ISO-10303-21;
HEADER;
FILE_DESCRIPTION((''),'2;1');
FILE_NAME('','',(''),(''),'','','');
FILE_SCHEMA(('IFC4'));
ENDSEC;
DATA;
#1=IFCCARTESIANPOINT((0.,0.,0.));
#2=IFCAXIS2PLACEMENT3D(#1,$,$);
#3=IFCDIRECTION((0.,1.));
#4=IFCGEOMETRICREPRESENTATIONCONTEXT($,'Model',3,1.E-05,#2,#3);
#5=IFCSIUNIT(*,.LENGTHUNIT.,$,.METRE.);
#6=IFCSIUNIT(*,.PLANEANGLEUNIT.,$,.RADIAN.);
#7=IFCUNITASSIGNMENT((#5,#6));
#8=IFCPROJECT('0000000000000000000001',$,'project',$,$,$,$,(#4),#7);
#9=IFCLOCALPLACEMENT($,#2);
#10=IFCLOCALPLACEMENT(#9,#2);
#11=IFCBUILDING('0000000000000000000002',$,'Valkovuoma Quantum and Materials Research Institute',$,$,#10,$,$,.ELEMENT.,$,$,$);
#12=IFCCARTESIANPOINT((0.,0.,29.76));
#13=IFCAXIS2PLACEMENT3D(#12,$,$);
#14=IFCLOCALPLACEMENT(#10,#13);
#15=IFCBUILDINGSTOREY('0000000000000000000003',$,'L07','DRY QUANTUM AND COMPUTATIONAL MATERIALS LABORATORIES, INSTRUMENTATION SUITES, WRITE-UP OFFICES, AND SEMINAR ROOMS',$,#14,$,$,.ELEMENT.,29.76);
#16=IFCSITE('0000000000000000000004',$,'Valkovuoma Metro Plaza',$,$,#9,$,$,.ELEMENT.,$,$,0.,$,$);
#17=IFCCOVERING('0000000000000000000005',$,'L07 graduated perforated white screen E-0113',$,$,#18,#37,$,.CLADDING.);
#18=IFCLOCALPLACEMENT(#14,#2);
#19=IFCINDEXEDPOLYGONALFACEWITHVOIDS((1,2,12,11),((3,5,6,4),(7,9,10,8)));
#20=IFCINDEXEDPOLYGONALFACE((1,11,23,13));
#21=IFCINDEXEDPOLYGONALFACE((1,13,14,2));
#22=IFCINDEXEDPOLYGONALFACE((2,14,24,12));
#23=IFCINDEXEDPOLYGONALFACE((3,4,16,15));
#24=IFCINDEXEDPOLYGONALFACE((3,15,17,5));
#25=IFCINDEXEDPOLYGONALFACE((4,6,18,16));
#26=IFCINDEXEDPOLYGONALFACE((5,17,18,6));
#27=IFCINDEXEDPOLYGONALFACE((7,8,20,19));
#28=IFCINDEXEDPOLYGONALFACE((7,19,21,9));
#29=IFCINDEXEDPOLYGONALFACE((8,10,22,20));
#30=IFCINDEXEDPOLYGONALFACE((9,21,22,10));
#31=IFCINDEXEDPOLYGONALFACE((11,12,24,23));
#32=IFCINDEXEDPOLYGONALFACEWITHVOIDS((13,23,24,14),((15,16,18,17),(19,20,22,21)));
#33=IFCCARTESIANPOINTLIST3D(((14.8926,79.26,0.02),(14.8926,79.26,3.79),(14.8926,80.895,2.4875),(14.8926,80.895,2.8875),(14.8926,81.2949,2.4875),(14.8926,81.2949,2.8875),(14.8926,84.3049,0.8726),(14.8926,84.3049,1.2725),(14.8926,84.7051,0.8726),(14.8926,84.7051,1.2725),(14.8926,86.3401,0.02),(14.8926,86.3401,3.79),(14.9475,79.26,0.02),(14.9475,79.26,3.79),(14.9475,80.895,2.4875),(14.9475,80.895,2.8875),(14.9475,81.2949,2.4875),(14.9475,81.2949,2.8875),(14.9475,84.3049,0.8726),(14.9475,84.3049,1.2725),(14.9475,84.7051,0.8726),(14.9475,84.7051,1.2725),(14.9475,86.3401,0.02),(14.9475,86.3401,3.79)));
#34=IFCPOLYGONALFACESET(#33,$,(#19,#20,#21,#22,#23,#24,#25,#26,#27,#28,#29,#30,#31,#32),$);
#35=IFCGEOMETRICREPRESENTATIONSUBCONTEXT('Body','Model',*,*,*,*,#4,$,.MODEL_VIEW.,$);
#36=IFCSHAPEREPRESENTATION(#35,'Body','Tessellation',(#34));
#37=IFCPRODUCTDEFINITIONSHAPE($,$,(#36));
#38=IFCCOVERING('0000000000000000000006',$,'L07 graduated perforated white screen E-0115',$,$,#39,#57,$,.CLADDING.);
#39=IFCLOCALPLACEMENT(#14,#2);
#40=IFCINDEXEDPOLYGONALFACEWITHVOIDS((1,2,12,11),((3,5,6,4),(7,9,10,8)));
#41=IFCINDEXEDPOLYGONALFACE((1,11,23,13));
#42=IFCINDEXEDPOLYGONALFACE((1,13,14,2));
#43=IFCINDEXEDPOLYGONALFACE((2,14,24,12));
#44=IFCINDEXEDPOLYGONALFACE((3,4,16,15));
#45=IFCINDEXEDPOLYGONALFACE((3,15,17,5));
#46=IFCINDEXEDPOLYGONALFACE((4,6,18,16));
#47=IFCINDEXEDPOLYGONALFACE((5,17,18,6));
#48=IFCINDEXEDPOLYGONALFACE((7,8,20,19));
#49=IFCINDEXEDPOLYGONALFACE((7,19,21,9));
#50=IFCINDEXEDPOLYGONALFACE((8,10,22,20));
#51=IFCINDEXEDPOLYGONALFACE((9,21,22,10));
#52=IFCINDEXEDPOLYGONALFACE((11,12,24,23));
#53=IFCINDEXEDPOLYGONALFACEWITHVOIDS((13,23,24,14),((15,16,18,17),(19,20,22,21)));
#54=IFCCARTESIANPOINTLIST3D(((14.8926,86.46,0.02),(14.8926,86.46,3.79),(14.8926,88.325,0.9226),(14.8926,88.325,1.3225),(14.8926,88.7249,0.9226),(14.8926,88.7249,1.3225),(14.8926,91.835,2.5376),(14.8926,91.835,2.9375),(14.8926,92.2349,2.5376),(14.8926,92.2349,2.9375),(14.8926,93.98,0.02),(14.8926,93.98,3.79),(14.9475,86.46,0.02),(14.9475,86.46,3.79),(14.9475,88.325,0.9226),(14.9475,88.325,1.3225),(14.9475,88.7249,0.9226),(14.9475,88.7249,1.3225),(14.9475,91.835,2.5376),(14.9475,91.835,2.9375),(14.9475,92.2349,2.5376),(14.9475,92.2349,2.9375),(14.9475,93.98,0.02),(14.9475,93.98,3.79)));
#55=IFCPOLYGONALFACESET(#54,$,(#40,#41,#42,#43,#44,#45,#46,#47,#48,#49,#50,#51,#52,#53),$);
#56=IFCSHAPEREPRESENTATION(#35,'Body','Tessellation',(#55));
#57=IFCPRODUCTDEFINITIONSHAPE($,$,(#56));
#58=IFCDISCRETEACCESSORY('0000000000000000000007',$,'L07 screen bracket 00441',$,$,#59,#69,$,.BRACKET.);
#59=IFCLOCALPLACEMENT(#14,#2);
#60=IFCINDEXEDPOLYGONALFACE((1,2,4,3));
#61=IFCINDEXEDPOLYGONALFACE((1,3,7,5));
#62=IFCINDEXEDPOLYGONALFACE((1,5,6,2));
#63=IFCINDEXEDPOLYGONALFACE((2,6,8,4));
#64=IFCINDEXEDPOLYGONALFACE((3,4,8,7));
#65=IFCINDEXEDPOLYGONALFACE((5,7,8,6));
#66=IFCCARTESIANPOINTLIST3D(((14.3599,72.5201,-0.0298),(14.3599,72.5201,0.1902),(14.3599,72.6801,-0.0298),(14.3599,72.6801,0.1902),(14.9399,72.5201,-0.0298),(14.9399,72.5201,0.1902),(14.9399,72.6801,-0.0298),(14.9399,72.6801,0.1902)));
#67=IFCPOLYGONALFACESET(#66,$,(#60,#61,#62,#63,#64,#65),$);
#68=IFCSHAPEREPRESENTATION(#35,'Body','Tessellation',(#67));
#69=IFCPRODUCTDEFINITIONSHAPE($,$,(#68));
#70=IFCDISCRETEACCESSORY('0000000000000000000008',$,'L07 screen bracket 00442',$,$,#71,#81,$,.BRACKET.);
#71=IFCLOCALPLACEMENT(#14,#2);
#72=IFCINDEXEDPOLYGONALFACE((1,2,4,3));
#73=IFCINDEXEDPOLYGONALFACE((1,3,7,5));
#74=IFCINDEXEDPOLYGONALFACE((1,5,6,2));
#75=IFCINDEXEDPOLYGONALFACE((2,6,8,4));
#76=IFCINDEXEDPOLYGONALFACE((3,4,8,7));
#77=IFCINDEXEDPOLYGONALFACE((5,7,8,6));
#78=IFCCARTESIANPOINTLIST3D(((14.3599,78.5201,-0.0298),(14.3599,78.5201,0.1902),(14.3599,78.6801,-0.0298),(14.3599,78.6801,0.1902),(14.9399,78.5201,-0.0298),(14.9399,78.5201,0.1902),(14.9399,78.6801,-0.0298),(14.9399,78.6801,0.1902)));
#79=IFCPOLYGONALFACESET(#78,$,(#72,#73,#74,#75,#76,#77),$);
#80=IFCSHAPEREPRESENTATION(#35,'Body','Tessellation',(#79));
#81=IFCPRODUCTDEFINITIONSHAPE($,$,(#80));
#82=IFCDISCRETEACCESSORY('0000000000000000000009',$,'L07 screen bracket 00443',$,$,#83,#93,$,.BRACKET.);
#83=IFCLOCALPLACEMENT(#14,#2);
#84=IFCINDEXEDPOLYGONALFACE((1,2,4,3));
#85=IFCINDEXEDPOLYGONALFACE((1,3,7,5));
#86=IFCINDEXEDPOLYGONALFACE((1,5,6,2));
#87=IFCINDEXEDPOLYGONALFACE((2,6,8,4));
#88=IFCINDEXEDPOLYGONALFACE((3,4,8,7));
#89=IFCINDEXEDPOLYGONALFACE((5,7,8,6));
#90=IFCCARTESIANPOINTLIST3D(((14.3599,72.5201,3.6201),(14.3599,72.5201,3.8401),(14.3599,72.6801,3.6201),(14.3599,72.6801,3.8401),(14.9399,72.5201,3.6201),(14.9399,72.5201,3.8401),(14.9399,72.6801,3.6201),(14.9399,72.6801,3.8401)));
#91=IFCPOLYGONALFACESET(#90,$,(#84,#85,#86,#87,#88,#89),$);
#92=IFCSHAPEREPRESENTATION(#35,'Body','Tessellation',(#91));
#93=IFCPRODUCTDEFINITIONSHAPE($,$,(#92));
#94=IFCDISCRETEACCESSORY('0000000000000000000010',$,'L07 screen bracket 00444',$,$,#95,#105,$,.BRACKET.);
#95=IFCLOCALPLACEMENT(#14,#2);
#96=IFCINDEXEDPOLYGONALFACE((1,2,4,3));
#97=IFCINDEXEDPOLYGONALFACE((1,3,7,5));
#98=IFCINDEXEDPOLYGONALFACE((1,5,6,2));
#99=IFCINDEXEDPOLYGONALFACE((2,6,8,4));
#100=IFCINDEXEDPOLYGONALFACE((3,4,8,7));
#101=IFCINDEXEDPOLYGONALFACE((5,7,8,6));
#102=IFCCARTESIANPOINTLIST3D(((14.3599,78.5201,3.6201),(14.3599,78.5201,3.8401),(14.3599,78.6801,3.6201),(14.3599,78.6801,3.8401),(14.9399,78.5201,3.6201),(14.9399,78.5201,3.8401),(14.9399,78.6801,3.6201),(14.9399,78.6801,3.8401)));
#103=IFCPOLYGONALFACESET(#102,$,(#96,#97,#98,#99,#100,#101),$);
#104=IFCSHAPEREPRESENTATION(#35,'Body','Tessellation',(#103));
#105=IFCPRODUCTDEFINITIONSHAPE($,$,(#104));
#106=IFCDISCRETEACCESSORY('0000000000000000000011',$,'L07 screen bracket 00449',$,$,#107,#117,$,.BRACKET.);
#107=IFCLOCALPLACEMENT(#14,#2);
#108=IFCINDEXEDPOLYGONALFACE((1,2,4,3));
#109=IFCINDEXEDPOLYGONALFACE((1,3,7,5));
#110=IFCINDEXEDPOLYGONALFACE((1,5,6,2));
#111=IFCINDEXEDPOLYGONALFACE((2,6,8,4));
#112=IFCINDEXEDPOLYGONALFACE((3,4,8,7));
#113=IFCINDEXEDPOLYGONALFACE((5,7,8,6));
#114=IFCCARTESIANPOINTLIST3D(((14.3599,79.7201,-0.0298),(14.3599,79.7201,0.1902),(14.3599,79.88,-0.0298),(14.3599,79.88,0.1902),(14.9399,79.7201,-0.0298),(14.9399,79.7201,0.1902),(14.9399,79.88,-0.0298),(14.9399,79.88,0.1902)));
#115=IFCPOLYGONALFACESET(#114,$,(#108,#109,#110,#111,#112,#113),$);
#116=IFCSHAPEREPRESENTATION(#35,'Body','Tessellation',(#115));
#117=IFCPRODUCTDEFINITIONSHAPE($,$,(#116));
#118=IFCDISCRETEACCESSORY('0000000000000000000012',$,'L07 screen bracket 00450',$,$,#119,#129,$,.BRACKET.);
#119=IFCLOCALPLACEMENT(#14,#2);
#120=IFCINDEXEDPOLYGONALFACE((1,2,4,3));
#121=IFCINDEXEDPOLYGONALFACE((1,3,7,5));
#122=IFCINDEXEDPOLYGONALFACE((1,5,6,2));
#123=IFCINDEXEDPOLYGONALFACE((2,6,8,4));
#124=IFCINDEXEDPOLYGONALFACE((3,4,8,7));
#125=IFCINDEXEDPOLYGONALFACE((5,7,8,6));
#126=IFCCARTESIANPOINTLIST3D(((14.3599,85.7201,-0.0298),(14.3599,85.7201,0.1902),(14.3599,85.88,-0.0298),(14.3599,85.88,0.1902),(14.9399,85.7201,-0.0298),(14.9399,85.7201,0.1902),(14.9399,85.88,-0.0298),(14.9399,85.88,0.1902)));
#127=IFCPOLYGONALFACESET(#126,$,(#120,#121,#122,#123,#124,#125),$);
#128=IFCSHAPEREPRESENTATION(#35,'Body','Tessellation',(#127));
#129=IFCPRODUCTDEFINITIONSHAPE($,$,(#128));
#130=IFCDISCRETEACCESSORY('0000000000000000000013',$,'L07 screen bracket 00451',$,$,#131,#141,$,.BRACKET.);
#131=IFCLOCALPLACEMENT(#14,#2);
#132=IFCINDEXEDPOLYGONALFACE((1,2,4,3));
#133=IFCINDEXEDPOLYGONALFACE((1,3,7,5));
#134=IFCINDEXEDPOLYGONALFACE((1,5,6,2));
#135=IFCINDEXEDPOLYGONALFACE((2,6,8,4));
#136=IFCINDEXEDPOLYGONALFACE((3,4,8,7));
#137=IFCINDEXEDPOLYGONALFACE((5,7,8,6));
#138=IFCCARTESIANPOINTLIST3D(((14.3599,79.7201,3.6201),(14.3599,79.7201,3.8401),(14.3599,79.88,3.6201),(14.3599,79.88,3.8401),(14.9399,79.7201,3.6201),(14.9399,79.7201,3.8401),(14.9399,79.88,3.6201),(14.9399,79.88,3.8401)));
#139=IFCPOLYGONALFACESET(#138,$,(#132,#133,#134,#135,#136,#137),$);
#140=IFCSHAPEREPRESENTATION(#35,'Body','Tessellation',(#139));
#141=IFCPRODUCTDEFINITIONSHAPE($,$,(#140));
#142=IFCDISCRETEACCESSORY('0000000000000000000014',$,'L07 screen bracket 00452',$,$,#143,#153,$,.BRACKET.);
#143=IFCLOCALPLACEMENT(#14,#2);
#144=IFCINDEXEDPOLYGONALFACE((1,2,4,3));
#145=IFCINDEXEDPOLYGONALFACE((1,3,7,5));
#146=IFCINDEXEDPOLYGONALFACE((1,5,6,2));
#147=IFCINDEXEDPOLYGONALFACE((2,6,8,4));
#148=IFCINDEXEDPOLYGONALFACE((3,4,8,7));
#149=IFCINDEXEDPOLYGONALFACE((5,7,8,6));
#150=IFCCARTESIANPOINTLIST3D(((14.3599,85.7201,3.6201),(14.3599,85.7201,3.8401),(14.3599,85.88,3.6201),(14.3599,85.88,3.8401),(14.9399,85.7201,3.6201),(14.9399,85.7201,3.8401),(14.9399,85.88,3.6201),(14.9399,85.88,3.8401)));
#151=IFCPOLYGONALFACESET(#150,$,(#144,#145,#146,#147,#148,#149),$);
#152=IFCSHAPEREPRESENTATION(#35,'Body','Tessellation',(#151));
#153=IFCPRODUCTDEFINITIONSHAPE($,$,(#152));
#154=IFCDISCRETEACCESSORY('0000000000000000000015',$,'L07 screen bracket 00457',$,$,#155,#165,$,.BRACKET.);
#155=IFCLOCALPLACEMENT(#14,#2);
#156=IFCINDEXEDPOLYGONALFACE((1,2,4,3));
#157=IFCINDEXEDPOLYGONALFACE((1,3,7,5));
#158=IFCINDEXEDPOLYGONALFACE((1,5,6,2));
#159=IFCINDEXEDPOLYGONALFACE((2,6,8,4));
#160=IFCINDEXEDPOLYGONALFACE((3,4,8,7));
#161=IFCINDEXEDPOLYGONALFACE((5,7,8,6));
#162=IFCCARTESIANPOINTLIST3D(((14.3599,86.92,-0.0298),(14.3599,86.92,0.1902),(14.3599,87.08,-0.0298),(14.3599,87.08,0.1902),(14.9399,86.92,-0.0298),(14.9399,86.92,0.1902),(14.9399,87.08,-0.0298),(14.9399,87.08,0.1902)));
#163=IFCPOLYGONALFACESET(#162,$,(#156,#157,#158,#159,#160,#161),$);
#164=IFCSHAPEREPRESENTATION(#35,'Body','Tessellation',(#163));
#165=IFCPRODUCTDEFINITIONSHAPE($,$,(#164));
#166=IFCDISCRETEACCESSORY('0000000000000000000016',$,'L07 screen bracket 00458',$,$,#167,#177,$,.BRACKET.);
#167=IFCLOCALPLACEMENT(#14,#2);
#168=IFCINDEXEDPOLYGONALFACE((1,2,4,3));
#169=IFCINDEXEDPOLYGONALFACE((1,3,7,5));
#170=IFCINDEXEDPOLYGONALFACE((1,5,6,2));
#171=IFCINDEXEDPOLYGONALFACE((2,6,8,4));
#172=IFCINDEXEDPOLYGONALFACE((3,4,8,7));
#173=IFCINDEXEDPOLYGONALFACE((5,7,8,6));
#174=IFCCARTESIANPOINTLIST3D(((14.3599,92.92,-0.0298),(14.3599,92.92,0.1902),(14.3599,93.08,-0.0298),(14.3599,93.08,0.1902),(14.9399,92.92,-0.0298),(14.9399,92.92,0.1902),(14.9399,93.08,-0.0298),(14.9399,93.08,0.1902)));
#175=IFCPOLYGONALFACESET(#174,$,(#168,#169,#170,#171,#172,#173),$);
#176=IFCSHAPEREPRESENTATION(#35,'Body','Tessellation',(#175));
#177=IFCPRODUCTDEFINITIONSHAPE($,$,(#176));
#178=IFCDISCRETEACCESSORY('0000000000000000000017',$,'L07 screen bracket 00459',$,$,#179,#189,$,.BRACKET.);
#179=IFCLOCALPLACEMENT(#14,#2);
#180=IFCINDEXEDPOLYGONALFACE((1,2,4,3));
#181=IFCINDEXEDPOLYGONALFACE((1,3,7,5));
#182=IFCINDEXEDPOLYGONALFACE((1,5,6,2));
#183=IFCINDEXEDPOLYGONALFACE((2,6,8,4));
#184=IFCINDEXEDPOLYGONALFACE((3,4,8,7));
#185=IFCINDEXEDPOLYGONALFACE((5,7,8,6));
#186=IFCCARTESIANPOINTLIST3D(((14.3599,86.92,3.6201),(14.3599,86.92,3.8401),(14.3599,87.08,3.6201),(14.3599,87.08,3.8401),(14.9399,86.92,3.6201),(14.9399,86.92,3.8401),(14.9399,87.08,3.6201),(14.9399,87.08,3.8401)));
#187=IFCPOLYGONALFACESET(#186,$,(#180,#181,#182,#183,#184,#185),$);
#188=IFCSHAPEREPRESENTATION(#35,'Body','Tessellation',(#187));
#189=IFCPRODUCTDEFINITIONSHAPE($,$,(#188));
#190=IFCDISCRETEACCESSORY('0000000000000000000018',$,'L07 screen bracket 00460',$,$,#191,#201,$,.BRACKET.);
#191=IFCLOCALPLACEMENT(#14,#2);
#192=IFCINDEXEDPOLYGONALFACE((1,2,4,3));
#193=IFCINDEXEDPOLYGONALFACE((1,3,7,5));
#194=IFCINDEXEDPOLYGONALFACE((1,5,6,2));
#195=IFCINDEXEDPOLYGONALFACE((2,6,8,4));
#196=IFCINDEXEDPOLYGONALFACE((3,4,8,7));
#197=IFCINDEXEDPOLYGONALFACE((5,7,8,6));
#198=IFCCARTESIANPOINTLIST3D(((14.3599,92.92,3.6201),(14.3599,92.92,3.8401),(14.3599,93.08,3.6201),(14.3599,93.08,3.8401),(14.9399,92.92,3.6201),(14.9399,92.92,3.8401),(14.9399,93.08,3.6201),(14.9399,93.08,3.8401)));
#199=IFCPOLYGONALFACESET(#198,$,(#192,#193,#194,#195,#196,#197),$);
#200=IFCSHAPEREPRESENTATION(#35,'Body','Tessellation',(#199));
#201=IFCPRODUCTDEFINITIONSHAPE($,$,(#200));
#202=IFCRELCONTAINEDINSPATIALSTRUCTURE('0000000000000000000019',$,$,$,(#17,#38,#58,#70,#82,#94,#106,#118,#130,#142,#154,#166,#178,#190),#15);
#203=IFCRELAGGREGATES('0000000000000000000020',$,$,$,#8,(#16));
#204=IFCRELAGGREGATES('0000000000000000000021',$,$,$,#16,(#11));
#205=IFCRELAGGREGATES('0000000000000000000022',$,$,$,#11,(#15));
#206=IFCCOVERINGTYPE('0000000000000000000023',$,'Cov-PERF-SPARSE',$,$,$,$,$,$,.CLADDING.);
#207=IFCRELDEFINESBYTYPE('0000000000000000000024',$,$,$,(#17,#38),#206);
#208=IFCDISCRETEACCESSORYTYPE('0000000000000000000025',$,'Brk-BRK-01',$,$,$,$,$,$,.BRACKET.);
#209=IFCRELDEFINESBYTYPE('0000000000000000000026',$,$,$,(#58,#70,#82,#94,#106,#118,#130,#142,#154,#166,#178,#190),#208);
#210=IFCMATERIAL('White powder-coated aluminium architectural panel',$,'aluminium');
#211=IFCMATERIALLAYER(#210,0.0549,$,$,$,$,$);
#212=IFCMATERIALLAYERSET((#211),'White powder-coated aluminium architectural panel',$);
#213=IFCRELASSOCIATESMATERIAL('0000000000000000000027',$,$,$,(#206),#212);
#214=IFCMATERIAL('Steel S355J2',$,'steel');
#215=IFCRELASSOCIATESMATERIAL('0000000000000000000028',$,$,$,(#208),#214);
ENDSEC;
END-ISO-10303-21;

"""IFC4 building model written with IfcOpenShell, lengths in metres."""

from ifc_helpers import new_model, si_unit, direction, frame, origin, origin_2d, place, context, subcontext, project, spatial, polyline, rectangle, outline, extrude, material, layer, layer_set, type_object, element, save


model = new_model("IFC4")

# Units and contexts
model_context = context("Model", 3, precision=1e-05, world=origin(), true_north=direction((0.0, 1.0)))
body_context = subcontext(model_context, "Body", "Model", "MODEL_VIEW")
ifc_project = project(units=[si_unit("LENGTHUNIT", "METRE"), si_unit("PLANEANGLEUNIT", "RADIAN")], contexts=[model_context])

# Site, building, storey
site_placement = place(None, origin())
site = spatial("IfcSite", under=ifc_project, at=site_placement, Name="Valkovuoma Metro Plaza", CompositionType="ELEMENT", RefElevation=0.0)
building_placement = place(site_placement, origin())
building = spatial("IfcBuilding", under=site, at=building_placement, Name="Valkovuoma Quantum and Materials Research Institute", CompositionType="ELEMENT")
storey_placement = place(building_placement, frame((0.0, 0.0, 29.76)))
storey = spatial("IfcBuildingStorey", under=building, at=storey_placement, Name="L07", Description="DRY QUANTUM AND COMPUTATIONAL MATERIALS LABORATORIES, INSTRUMENTATION SUITES, WRITE-UP OFFICES, AND SEMINAR ROOMS", CompositionType="ELEMENT", Elevation=29.76)

# Coverings
ifc_material_1 = material(Name="White powder-coated aluminium architectural panel", Category="aluminium")
ifc_layer_1 = layer(ifc_material_1, 0.0549)
ifc_layer_set_1 = layer_set([ifc_layer_1], Name="White powder-coated aluminium architectural panel")
covering_type_1 = type_object("IfcCoveringType", Name="Cov-PERF-SPARSE", PredefinedType="CLADDING", material=ifc_layer_set_1)
covering_1_placement = place(storey_placement, frame((14.9199, 79.26, 0.02), z_axis=(0.0, 0.0, 1.0), x_axis=(0.0, 1.0, 0.0)))
element("IfcCovering", 1, at=covering_1_placement, inside=storey, type_object=covering_type_1, Name="L07 graduated perforated white screen E-0113", PredefinedType="CLADDING", context=body_context, shape_type="SweptSolid", body=[
    extrude(outline(polyline([(0.0, 0.0), (7.0801, 0.0), (7.0801, 3.77), (0.0, 3.77), (0.0, 0.0)]), holes=[polyline([(1.635, 2.4675), (1.635, 2.8674), (2.0349, 2.8674), (2.0349, 2.4675), (1.635, 2.4675)]), polyline([(5.0449, 0.8525), (5.0449, 1.2524), (5.4451, 1.2524), (5.4451, 0.8525), (5.0449, 0.8525)])]), frame((0.0, 0.0273, 0.0), z_axis=(0.0, -1.0, 0.0), x_axis=(1.0, 0.0, 0.0)), (0.0, 0.0, 1.0), 0.0549),
])
covering_2_placement = place(storey_placement, frame((14.9199, 86.46, 0.02), z_axis=(0.0, 0.0, 1.0), x_axis=(0.0, 1.0, 0.0)))
element("IfcCovering", 2, at=covering_2_placement, inside=storey, type_object=covering_type_1, Name="L07 graduated perforated white screen E-0115", PredefinedType="CLADDING", context=body_context, shape_type="SweptSolid", body=[
    extrude(outline(polyline([(0.0, 0.0), (7.52, 0.0), (7.52, 3.77), (0.0, 3.77), (0.0, 0.0)]), holes=[polyline([(1.865, 0.9026), (1.865, 1.3025), (2.2649, 1.3025), (2.2649, 0.9026), (1.865, 0.9026)]), polyline([(5.375, 2.5176), (5.375, 2.9175), (5.7749, 2.9175), (5.7749, 2.5176), (5.375, 2.5176)])]), frame((0.0, 0.0273, 0.0), z_axis=(0.0, -1.0, 0.0), x_axis=(1.0, 0.0, 0.0)), (0.0, 0.0, 1.0), 0.0549),
])

# Discrete accessories
ifc_material_2 = material(Name="Steel S355J2", Category="steel")
discrete_accessory_type = type_object("IfcDiscreteAccessoryType", Name="Brk-BRK-01", PredefinedType="BRACKET", material=ifc_material_2)
for number, where, z_axis, x_axis, name in (
    (3, (14.6499, 72.6001, -0.0298), (0.0, 0.0, 1.0), (1.0, 0.0, 0.0), "L07 screen bracket 00441"),
    (4, (14.6499, 78.6001, -0.0298), (0.0, 0.0, 1.0), (1.0, 0.0, 0.0), "L07 screen bracket 00442"),
    (5, (14.6499, 72.6001, 3.6201), (0.0, 0.0, 1.0), (1.0, 0.0, 0.0), "L07 screen bracket 00443"),
    (6, (14.6499, 78.6001, 3.6201), (0.0, 0.0, 1.0), (1.0, 0.0, 0.0), "L07 screen bracket 00444"),
    (7, (14.6499, 79.8, -0.0298), (0.0, 0.0, 1.0), (1.0, 0.0, 0.0), "L07 screen bracket 00449"),
    (8, (14.6499, 85.8, -0.0298), (0.0, 0.0, 1.0), (1.0, 0.0, 0.0), "L07 screen bracket 00450"),
    (9, (14.6499, 79.8, 3.6201), (0.0, 0.0, 1.0), (1.0, 0.0, 0.0), "L07 screen bracket 00451"),
    (10, (14.6499, 85.8, 3.6201), (0.0, 0.0, 1.0), (1.0, 0.0, 0.0), "L07 screen bracket 00452"),
    (11, (14.6499, 87.0, -0.0298), (0.0, 0.0, 1.0), (1.0, 0.0, 0.0), "L07 screen bracket 00457"),
    (12, (14.6499, 93.0, -0.0298), (0.0, 0.0, 1.0), (1.0, 0.0, 0.0), "L07 screen bracket 00458"),
    (13, (14.6499, 87.0, 3.6201), (0.0, 0.0, 1.0), (1.0, 0.0, 0.0), "L07 screen bracket 00459"),
    (14, (14.6499, 93.0, 3.6201), (0.0, 0.0, 1.0), (1.0, 0.0, 0.0), "L07 screen bracket 00460"),
):
    element("IfcDiscreteAccessory", number, at=place(storey_placement, frame(where, z_axis=z_axis, x_axis=x_axis)), inside=storey, type_object=discrete_accessory_type, Name=name, PredefinedType="BRACKET", context=body_context, shape_type="SweptSolid", body=[
        extrude(rectangle(XDim=0.5801, YDim=0.1599, at=origin_2d()), origin(), (0.0, 0.0, 1.0), 0.22),
    ])

save(model, "model.ifc")
